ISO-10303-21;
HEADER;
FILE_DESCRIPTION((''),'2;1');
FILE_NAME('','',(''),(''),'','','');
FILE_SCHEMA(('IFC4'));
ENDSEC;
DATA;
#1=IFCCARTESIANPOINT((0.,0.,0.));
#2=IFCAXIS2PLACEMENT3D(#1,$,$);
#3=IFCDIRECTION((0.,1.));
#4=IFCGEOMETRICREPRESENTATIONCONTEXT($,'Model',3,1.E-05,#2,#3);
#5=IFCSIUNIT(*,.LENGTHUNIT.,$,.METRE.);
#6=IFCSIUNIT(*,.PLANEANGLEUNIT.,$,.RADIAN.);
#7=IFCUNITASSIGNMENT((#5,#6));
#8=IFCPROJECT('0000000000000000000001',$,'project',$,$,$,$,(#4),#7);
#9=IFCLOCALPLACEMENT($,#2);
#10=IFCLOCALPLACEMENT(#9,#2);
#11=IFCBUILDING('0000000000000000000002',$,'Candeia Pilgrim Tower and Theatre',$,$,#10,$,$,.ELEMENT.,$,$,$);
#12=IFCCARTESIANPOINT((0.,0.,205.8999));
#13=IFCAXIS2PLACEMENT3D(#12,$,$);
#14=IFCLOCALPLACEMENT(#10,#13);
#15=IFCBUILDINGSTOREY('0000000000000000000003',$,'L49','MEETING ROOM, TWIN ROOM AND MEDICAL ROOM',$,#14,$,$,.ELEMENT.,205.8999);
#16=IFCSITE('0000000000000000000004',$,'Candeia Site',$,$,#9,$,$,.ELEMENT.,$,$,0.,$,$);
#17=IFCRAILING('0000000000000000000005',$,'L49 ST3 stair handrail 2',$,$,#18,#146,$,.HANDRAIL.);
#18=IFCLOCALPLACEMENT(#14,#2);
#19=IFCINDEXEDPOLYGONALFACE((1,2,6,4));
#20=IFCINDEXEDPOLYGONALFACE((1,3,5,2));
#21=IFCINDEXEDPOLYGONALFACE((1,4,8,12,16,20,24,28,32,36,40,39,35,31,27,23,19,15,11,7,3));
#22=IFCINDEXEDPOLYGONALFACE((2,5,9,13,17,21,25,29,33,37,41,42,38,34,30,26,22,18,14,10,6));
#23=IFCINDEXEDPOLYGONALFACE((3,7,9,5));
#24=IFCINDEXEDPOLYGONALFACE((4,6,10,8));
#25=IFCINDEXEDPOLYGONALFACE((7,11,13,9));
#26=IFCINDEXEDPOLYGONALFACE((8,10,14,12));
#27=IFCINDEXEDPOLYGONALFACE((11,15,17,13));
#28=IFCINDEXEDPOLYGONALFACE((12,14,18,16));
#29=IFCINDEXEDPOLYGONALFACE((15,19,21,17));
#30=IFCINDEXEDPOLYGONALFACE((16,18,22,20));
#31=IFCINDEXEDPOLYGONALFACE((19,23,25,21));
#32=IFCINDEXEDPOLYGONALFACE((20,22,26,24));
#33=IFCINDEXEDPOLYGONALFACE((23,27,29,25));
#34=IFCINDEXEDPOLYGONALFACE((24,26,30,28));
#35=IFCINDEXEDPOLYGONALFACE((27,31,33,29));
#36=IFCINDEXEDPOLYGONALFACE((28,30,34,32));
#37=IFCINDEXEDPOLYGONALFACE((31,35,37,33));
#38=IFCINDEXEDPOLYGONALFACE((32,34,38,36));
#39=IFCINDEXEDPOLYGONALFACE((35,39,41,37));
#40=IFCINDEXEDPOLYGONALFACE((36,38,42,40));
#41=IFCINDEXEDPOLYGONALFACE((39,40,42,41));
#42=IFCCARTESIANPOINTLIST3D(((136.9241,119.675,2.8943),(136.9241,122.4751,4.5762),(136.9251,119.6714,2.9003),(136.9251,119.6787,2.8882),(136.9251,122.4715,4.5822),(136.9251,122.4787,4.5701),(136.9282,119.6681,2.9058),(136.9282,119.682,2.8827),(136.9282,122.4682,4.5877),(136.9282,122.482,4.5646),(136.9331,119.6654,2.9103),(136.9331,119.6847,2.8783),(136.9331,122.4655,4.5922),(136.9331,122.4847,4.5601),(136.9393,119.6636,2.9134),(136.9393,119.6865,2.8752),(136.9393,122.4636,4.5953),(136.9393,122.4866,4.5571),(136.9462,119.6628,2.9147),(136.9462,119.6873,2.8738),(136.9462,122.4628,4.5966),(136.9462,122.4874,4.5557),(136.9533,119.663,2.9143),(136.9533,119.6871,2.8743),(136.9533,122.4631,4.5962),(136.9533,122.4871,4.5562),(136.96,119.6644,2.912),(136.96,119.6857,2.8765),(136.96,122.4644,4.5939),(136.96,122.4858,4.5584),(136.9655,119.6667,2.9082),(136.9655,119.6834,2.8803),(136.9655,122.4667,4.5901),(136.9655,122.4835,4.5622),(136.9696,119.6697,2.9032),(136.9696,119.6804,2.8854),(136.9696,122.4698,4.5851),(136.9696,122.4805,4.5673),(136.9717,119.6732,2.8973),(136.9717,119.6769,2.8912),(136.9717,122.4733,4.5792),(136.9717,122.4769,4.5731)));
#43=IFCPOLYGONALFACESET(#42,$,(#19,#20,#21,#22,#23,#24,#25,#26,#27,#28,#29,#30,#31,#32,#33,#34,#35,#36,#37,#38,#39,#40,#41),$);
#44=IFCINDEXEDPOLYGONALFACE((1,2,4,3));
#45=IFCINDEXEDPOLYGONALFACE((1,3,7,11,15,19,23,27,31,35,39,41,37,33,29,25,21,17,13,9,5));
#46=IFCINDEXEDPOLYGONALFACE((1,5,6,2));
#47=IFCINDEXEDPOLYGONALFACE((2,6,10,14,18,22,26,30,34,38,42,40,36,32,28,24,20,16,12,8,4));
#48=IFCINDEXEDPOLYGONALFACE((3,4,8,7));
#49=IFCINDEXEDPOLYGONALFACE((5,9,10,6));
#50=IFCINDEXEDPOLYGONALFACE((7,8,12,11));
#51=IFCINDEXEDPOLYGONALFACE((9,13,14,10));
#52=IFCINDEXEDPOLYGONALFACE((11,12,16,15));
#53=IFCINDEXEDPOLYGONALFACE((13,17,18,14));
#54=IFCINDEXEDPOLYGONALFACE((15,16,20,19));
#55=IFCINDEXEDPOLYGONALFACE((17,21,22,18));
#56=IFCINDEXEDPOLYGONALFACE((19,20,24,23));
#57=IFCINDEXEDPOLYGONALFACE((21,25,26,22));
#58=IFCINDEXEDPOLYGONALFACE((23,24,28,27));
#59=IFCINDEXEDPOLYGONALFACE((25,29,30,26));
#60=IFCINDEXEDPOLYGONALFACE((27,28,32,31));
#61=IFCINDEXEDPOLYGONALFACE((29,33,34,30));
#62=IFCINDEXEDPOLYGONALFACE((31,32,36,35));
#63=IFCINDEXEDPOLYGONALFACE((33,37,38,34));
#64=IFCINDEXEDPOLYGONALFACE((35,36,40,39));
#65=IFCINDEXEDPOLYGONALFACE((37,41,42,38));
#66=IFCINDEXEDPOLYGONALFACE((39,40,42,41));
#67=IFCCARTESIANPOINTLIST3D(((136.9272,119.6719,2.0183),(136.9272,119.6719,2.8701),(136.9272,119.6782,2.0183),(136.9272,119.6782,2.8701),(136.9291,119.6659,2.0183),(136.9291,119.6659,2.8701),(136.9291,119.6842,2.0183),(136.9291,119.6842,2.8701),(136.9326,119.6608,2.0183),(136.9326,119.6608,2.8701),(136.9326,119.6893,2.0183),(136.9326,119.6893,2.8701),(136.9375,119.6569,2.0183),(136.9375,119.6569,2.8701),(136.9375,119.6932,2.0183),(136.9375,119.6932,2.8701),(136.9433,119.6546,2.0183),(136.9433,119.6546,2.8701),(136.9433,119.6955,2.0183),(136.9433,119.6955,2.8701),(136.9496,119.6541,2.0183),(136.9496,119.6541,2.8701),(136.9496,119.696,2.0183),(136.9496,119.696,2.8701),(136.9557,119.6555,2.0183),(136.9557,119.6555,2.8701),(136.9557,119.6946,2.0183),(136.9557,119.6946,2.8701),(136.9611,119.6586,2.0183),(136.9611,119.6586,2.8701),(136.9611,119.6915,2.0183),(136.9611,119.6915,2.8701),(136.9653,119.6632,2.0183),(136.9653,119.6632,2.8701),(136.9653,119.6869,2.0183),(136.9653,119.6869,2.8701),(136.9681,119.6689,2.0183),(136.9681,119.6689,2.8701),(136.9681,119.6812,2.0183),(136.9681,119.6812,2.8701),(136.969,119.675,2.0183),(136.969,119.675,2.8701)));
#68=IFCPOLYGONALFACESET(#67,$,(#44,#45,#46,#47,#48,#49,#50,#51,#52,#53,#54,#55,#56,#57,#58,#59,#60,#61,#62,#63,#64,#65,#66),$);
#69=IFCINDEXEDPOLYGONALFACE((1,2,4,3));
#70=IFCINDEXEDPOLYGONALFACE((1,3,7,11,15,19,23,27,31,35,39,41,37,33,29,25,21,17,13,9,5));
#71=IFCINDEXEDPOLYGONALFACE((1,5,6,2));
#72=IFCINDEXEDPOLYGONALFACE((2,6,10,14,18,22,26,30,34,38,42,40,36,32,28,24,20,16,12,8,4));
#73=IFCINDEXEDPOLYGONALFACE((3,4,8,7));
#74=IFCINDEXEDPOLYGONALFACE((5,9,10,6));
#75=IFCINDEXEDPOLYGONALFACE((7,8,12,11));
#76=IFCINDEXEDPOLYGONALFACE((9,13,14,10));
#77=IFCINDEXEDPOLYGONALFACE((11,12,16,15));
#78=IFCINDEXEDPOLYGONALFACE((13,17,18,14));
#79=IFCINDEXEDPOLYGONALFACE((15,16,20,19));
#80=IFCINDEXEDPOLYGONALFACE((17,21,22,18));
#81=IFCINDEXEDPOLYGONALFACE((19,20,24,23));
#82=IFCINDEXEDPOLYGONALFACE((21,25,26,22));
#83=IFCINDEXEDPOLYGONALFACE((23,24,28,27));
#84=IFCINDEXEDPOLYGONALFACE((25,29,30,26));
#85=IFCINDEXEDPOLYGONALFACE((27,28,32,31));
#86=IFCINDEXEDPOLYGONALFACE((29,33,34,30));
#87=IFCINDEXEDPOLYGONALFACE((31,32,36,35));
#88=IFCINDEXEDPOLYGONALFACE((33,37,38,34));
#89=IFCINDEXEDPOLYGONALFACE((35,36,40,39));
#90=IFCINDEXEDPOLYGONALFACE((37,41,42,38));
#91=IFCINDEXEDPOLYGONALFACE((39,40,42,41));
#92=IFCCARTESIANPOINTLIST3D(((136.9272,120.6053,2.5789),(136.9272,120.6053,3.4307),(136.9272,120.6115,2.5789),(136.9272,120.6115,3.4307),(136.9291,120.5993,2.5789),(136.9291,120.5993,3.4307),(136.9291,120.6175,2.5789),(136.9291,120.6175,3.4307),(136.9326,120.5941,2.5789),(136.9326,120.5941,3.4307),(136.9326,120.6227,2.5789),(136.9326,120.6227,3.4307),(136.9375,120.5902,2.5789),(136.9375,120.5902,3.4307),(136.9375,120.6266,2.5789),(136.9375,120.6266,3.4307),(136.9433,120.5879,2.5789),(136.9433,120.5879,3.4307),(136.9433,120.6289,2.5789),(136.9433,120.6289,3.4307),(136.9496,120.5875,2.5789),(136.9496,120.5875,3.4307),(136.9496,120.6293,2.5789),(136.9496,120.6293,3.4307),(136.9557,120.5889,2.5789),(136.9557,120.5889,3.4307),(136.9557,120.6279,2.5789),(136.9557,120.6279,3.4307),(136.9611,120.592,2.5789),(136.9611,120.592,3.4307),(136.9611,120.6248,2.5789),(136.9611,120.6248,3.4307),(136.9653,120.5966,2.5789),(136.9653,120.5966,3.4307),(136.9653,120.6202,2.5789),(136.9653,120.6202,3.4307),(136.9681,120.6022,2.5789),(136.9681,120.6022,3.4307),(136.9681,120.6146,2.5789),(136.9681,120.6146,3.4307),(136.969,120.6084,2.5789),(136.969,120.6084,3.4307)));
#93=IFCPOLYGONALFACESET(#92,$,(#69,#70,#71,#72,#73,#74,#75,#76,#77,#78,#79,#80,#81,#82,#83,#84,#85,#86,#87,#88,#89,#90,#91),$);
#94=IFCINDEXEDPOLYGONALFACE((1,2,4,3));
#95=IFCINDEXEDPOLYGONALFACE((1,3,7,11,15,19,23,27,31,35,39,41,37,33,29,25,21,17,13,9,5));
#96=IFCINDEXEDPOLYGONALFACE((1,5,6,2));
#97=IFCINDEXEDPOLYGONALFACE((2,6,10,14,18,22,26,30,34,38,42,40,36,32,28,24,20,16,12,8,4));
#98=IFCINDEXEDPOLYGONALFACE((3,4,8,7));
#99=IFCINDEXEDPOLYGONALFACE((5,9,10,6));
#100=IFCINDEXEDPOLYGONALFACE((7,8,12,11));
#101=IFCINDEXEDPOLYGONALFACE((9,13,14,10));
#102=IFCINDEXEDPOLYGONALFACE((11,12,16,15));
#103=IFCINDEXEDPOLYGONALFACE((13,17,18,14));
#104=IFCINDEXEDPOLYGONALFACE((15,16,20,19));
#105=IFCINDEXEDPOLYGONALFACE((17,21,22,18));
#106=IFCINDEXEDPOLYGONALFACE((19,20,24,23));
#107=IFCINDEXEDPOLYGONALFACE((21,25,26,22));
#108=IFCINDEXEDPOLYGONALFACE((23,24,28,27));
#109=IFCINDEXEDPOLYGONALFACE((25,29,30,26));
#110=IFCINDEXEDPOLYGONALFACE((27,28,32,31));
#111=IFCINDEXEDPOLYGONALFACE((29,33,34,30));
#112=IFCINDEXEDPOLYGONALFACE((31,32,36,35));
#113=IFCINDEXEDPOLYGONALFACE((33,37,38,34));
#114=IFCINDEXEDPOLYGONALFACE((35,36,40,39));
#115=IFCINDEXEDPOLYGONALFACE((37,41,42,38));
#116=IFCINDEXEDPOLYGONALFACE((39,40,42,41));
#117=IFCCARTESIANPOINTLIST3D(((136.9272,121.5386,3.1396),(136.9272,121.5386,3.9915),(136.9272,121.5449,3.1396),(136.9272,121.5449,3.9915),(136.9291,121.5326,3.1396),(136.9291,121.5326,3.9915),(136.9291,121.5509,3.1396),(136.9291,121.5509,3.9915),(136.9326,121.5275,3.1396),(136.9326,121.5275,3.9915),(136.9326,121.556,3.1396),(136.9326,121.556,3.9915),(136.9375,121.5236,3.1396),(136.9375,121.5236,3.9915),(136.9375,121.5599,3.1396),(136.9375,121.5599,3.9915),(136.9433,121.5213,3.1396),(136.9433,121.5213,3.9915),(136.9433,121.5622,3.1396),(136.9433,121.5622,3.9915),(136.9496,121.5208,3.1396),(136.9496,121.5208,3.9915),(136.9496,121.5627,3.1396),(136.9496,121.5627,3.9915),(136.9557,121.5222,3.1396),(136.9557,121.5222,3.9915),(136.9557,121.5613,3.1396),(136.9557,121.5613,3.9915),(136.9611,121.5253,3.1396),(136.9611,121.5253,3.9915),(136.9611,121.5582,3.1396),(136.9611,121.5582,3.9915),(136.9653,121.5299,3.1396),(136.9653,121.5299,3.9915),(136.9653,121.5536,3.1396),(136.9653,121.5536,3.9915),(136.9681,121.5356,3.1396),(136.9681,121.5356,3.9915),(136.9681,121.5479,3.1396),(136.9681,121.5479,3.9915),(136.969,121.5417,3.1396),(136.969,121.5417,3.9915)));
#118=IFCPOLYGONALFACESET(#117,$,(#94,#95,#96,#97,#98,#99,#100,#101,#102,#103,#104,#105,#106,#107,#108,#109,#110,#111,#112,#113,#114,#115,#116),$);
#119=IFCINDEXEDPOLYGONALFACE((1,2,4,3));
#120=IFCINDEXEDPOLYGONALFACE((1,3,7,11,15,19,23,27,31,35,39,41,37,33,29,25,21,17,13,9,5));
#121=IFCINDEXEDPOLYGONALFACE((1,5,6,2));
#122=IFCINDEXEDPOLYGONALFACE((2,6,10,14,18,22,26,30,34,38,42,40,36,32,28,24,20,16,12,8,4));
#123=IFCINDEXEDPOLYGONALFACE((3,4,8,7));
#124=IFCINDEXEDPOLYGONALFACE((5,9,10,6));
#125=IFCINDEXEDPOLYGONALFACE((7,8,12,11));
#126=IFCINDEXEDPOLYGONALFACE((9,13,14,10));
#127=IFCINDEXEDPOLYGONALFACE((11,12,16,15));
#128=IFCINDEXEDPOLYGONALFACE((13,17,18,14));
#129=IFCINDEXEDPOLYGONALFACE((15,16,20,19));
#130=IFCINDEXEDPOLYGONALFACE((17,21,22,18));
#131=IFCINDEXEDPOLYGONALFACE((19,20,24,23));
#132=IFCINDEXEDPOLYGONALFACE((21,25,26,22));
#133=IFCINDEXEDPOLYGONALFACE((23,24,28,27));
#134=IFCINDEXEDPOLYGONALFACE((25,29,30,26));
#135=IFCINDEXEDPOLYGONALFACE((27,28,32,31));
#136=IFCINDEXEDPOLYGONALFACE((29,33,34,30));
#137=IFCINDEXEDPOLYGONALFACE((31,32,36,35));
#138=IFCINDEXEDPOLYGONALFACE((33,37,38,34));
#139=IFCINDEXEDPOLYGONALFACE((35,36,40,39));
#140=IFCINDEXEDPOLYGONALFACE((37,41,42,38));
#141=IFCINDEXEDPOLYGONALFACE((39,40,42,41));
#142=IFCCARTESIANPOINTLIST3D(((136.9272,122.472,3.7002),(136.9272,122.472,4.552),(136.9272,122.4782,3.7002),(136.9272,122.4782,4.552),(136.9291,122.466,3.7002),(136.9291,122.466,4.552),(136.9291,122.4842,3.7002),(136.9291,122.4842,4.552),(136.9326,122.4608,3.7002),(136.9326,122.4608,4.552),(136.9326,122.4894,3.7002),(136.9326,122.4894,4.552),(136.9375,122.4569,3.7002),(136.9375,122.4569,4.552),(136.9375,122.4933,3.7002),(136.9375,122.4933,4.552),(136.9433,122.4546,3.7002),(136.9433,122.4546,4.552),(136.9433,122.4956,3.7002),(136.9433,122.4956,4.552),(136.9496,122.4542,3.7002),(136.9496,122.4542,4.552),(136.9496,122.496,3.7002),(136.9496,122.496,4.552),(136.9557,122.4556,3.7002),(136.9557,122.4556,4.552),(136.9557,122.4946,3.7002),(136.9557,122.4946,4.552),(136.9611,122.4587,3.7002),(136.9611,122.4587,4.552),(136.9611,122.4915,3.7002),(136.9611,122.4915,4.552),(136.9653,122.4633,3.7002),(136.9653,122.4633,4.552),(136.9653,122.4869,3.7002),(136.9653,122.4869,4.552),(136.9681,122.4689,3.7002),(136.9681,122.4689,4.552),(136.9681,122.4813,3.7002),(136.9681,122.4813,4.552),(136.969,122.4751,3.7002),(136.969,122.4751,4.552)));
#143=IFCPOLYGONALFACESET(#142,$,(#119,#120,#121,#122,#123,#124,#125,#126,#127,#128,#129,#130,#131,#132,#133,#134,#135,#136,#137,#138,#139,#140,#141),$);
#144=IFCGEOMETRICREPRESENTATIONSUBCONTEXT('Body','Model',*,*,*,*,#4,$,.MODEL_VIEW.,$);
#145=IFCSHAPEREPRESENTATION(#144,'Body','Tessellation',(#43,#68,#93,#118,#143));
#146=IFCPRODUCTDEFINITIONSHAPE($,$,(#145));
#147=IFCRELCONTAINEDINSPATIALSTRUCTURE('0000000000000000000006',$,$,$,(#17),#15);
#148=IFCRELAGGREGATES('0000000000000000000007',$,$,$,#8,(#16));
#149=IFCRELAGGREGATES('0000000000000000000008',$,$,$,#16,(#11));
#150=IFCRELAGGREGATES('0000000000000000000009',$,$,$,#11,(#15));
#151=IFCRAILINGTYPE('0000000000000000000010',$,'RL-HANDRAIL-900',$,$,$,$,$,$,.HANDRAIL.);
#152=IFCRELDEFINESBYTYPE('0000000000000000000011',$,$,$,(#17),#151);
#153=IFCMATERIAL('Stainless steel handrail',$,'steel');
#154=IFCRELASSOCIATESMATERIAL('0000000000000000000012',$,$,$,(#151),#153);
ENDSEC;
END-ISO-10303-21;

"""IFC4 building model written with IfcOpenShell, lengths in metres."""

from ifc_helpers import new_model, si_unit, direction, frame, origin, origin_2d, place, context, subcontext, project, spatial, circle, extrude, material, type_object, element, save


model = new_model("IFC4")

# Units and contexts
model_context = context("Model", 3, precision=1e-05, world=origin(), true_north=direction((0.0, 1.0)))
body_context = subcontext(model_context, "Body", "Model", "MODEL_VIEW")
ifc_project = project(units=[si_unit("LENGTHUNIT", "METRE"), si_unit("PLANEANGLEUNIT", "RADIAN")], contexts=[model_context])

# Site, building, storey
site_placement = place(None, origin())
site = spatial("IfcSite", under=ifc_project, at=site_placement, Name="Candeia Site", CompositionType="ELEMENT", RefElevation=0.0)
building_placement = place(site_placement, origin())
building = spatial("IfcBuilding", under=site, at=building_placement, Name="Candeia Pilgrim Tower and Theatre", CompositionType="ELEMENT")
storey_placement = place(building_placement, frame((0.0, 0.0, 205.8999)))
storey = spatial("IfcBuildingStorey", under=building, at=storey_placement, Name="L49", Description="MEETING ROOM, TWIN ROOM AND MEDICAL ROOM", CompositionType="ELEMENT", Elevation=205.8999)

# Railing
ifc_material_1 = material(Name="Stainless steel handrail", Category="steel")
railing_type_1 = type_object("IfcRailingType", Name="RL-HANDRAIL-900", PredefinedType="HANDRAIL", material=ifc_material_1)
railing_1_placement = place(storey_placement, frame((136.948, 119.675, 2.0183)))
element("IfcRailing", 1, at=railing_1_placement, inside=storey, type_object=railing_type_1, Name="L49 ST3 stair handrail 2", PredefinedType="HANDRAIL", context=body_context, shape_type="SweptSolid", body=[
    extrude(circle(Radius=0.0239, at=origin_2d()), frame((0.0, 0.0, 0.876), z_axis=(0.0, 0.857242, 0.514913), x_axis=(-1.0, 0.0, 0.0)), (0.0, 0.0, 1.0), 3.2664),
    extrude(circle(Radius=0.021, at=origin_2d()), origin(), (0.0, 0.0, 1.0), 0.8518),
    extrude(circle(Radius=0.021, at=origin_2d()), frame((0.0, 0.9333, 0.5605)), (0.0, 0.0, 1.0), 0.8518),
    extrude(circle(Radius=0.021, at=origin_2d()), frame((0.0, 1.8667, 1.1213)), (0.0, 0.0, 1.0), 0.8518),
    extrude(circle(Radius=0.021, at=origin_2d()), frame((0.0, 2.8, 1.6819)), (0.0, 0.0, 1.0), 0.8518),
])

save(model, "model.ifc")
